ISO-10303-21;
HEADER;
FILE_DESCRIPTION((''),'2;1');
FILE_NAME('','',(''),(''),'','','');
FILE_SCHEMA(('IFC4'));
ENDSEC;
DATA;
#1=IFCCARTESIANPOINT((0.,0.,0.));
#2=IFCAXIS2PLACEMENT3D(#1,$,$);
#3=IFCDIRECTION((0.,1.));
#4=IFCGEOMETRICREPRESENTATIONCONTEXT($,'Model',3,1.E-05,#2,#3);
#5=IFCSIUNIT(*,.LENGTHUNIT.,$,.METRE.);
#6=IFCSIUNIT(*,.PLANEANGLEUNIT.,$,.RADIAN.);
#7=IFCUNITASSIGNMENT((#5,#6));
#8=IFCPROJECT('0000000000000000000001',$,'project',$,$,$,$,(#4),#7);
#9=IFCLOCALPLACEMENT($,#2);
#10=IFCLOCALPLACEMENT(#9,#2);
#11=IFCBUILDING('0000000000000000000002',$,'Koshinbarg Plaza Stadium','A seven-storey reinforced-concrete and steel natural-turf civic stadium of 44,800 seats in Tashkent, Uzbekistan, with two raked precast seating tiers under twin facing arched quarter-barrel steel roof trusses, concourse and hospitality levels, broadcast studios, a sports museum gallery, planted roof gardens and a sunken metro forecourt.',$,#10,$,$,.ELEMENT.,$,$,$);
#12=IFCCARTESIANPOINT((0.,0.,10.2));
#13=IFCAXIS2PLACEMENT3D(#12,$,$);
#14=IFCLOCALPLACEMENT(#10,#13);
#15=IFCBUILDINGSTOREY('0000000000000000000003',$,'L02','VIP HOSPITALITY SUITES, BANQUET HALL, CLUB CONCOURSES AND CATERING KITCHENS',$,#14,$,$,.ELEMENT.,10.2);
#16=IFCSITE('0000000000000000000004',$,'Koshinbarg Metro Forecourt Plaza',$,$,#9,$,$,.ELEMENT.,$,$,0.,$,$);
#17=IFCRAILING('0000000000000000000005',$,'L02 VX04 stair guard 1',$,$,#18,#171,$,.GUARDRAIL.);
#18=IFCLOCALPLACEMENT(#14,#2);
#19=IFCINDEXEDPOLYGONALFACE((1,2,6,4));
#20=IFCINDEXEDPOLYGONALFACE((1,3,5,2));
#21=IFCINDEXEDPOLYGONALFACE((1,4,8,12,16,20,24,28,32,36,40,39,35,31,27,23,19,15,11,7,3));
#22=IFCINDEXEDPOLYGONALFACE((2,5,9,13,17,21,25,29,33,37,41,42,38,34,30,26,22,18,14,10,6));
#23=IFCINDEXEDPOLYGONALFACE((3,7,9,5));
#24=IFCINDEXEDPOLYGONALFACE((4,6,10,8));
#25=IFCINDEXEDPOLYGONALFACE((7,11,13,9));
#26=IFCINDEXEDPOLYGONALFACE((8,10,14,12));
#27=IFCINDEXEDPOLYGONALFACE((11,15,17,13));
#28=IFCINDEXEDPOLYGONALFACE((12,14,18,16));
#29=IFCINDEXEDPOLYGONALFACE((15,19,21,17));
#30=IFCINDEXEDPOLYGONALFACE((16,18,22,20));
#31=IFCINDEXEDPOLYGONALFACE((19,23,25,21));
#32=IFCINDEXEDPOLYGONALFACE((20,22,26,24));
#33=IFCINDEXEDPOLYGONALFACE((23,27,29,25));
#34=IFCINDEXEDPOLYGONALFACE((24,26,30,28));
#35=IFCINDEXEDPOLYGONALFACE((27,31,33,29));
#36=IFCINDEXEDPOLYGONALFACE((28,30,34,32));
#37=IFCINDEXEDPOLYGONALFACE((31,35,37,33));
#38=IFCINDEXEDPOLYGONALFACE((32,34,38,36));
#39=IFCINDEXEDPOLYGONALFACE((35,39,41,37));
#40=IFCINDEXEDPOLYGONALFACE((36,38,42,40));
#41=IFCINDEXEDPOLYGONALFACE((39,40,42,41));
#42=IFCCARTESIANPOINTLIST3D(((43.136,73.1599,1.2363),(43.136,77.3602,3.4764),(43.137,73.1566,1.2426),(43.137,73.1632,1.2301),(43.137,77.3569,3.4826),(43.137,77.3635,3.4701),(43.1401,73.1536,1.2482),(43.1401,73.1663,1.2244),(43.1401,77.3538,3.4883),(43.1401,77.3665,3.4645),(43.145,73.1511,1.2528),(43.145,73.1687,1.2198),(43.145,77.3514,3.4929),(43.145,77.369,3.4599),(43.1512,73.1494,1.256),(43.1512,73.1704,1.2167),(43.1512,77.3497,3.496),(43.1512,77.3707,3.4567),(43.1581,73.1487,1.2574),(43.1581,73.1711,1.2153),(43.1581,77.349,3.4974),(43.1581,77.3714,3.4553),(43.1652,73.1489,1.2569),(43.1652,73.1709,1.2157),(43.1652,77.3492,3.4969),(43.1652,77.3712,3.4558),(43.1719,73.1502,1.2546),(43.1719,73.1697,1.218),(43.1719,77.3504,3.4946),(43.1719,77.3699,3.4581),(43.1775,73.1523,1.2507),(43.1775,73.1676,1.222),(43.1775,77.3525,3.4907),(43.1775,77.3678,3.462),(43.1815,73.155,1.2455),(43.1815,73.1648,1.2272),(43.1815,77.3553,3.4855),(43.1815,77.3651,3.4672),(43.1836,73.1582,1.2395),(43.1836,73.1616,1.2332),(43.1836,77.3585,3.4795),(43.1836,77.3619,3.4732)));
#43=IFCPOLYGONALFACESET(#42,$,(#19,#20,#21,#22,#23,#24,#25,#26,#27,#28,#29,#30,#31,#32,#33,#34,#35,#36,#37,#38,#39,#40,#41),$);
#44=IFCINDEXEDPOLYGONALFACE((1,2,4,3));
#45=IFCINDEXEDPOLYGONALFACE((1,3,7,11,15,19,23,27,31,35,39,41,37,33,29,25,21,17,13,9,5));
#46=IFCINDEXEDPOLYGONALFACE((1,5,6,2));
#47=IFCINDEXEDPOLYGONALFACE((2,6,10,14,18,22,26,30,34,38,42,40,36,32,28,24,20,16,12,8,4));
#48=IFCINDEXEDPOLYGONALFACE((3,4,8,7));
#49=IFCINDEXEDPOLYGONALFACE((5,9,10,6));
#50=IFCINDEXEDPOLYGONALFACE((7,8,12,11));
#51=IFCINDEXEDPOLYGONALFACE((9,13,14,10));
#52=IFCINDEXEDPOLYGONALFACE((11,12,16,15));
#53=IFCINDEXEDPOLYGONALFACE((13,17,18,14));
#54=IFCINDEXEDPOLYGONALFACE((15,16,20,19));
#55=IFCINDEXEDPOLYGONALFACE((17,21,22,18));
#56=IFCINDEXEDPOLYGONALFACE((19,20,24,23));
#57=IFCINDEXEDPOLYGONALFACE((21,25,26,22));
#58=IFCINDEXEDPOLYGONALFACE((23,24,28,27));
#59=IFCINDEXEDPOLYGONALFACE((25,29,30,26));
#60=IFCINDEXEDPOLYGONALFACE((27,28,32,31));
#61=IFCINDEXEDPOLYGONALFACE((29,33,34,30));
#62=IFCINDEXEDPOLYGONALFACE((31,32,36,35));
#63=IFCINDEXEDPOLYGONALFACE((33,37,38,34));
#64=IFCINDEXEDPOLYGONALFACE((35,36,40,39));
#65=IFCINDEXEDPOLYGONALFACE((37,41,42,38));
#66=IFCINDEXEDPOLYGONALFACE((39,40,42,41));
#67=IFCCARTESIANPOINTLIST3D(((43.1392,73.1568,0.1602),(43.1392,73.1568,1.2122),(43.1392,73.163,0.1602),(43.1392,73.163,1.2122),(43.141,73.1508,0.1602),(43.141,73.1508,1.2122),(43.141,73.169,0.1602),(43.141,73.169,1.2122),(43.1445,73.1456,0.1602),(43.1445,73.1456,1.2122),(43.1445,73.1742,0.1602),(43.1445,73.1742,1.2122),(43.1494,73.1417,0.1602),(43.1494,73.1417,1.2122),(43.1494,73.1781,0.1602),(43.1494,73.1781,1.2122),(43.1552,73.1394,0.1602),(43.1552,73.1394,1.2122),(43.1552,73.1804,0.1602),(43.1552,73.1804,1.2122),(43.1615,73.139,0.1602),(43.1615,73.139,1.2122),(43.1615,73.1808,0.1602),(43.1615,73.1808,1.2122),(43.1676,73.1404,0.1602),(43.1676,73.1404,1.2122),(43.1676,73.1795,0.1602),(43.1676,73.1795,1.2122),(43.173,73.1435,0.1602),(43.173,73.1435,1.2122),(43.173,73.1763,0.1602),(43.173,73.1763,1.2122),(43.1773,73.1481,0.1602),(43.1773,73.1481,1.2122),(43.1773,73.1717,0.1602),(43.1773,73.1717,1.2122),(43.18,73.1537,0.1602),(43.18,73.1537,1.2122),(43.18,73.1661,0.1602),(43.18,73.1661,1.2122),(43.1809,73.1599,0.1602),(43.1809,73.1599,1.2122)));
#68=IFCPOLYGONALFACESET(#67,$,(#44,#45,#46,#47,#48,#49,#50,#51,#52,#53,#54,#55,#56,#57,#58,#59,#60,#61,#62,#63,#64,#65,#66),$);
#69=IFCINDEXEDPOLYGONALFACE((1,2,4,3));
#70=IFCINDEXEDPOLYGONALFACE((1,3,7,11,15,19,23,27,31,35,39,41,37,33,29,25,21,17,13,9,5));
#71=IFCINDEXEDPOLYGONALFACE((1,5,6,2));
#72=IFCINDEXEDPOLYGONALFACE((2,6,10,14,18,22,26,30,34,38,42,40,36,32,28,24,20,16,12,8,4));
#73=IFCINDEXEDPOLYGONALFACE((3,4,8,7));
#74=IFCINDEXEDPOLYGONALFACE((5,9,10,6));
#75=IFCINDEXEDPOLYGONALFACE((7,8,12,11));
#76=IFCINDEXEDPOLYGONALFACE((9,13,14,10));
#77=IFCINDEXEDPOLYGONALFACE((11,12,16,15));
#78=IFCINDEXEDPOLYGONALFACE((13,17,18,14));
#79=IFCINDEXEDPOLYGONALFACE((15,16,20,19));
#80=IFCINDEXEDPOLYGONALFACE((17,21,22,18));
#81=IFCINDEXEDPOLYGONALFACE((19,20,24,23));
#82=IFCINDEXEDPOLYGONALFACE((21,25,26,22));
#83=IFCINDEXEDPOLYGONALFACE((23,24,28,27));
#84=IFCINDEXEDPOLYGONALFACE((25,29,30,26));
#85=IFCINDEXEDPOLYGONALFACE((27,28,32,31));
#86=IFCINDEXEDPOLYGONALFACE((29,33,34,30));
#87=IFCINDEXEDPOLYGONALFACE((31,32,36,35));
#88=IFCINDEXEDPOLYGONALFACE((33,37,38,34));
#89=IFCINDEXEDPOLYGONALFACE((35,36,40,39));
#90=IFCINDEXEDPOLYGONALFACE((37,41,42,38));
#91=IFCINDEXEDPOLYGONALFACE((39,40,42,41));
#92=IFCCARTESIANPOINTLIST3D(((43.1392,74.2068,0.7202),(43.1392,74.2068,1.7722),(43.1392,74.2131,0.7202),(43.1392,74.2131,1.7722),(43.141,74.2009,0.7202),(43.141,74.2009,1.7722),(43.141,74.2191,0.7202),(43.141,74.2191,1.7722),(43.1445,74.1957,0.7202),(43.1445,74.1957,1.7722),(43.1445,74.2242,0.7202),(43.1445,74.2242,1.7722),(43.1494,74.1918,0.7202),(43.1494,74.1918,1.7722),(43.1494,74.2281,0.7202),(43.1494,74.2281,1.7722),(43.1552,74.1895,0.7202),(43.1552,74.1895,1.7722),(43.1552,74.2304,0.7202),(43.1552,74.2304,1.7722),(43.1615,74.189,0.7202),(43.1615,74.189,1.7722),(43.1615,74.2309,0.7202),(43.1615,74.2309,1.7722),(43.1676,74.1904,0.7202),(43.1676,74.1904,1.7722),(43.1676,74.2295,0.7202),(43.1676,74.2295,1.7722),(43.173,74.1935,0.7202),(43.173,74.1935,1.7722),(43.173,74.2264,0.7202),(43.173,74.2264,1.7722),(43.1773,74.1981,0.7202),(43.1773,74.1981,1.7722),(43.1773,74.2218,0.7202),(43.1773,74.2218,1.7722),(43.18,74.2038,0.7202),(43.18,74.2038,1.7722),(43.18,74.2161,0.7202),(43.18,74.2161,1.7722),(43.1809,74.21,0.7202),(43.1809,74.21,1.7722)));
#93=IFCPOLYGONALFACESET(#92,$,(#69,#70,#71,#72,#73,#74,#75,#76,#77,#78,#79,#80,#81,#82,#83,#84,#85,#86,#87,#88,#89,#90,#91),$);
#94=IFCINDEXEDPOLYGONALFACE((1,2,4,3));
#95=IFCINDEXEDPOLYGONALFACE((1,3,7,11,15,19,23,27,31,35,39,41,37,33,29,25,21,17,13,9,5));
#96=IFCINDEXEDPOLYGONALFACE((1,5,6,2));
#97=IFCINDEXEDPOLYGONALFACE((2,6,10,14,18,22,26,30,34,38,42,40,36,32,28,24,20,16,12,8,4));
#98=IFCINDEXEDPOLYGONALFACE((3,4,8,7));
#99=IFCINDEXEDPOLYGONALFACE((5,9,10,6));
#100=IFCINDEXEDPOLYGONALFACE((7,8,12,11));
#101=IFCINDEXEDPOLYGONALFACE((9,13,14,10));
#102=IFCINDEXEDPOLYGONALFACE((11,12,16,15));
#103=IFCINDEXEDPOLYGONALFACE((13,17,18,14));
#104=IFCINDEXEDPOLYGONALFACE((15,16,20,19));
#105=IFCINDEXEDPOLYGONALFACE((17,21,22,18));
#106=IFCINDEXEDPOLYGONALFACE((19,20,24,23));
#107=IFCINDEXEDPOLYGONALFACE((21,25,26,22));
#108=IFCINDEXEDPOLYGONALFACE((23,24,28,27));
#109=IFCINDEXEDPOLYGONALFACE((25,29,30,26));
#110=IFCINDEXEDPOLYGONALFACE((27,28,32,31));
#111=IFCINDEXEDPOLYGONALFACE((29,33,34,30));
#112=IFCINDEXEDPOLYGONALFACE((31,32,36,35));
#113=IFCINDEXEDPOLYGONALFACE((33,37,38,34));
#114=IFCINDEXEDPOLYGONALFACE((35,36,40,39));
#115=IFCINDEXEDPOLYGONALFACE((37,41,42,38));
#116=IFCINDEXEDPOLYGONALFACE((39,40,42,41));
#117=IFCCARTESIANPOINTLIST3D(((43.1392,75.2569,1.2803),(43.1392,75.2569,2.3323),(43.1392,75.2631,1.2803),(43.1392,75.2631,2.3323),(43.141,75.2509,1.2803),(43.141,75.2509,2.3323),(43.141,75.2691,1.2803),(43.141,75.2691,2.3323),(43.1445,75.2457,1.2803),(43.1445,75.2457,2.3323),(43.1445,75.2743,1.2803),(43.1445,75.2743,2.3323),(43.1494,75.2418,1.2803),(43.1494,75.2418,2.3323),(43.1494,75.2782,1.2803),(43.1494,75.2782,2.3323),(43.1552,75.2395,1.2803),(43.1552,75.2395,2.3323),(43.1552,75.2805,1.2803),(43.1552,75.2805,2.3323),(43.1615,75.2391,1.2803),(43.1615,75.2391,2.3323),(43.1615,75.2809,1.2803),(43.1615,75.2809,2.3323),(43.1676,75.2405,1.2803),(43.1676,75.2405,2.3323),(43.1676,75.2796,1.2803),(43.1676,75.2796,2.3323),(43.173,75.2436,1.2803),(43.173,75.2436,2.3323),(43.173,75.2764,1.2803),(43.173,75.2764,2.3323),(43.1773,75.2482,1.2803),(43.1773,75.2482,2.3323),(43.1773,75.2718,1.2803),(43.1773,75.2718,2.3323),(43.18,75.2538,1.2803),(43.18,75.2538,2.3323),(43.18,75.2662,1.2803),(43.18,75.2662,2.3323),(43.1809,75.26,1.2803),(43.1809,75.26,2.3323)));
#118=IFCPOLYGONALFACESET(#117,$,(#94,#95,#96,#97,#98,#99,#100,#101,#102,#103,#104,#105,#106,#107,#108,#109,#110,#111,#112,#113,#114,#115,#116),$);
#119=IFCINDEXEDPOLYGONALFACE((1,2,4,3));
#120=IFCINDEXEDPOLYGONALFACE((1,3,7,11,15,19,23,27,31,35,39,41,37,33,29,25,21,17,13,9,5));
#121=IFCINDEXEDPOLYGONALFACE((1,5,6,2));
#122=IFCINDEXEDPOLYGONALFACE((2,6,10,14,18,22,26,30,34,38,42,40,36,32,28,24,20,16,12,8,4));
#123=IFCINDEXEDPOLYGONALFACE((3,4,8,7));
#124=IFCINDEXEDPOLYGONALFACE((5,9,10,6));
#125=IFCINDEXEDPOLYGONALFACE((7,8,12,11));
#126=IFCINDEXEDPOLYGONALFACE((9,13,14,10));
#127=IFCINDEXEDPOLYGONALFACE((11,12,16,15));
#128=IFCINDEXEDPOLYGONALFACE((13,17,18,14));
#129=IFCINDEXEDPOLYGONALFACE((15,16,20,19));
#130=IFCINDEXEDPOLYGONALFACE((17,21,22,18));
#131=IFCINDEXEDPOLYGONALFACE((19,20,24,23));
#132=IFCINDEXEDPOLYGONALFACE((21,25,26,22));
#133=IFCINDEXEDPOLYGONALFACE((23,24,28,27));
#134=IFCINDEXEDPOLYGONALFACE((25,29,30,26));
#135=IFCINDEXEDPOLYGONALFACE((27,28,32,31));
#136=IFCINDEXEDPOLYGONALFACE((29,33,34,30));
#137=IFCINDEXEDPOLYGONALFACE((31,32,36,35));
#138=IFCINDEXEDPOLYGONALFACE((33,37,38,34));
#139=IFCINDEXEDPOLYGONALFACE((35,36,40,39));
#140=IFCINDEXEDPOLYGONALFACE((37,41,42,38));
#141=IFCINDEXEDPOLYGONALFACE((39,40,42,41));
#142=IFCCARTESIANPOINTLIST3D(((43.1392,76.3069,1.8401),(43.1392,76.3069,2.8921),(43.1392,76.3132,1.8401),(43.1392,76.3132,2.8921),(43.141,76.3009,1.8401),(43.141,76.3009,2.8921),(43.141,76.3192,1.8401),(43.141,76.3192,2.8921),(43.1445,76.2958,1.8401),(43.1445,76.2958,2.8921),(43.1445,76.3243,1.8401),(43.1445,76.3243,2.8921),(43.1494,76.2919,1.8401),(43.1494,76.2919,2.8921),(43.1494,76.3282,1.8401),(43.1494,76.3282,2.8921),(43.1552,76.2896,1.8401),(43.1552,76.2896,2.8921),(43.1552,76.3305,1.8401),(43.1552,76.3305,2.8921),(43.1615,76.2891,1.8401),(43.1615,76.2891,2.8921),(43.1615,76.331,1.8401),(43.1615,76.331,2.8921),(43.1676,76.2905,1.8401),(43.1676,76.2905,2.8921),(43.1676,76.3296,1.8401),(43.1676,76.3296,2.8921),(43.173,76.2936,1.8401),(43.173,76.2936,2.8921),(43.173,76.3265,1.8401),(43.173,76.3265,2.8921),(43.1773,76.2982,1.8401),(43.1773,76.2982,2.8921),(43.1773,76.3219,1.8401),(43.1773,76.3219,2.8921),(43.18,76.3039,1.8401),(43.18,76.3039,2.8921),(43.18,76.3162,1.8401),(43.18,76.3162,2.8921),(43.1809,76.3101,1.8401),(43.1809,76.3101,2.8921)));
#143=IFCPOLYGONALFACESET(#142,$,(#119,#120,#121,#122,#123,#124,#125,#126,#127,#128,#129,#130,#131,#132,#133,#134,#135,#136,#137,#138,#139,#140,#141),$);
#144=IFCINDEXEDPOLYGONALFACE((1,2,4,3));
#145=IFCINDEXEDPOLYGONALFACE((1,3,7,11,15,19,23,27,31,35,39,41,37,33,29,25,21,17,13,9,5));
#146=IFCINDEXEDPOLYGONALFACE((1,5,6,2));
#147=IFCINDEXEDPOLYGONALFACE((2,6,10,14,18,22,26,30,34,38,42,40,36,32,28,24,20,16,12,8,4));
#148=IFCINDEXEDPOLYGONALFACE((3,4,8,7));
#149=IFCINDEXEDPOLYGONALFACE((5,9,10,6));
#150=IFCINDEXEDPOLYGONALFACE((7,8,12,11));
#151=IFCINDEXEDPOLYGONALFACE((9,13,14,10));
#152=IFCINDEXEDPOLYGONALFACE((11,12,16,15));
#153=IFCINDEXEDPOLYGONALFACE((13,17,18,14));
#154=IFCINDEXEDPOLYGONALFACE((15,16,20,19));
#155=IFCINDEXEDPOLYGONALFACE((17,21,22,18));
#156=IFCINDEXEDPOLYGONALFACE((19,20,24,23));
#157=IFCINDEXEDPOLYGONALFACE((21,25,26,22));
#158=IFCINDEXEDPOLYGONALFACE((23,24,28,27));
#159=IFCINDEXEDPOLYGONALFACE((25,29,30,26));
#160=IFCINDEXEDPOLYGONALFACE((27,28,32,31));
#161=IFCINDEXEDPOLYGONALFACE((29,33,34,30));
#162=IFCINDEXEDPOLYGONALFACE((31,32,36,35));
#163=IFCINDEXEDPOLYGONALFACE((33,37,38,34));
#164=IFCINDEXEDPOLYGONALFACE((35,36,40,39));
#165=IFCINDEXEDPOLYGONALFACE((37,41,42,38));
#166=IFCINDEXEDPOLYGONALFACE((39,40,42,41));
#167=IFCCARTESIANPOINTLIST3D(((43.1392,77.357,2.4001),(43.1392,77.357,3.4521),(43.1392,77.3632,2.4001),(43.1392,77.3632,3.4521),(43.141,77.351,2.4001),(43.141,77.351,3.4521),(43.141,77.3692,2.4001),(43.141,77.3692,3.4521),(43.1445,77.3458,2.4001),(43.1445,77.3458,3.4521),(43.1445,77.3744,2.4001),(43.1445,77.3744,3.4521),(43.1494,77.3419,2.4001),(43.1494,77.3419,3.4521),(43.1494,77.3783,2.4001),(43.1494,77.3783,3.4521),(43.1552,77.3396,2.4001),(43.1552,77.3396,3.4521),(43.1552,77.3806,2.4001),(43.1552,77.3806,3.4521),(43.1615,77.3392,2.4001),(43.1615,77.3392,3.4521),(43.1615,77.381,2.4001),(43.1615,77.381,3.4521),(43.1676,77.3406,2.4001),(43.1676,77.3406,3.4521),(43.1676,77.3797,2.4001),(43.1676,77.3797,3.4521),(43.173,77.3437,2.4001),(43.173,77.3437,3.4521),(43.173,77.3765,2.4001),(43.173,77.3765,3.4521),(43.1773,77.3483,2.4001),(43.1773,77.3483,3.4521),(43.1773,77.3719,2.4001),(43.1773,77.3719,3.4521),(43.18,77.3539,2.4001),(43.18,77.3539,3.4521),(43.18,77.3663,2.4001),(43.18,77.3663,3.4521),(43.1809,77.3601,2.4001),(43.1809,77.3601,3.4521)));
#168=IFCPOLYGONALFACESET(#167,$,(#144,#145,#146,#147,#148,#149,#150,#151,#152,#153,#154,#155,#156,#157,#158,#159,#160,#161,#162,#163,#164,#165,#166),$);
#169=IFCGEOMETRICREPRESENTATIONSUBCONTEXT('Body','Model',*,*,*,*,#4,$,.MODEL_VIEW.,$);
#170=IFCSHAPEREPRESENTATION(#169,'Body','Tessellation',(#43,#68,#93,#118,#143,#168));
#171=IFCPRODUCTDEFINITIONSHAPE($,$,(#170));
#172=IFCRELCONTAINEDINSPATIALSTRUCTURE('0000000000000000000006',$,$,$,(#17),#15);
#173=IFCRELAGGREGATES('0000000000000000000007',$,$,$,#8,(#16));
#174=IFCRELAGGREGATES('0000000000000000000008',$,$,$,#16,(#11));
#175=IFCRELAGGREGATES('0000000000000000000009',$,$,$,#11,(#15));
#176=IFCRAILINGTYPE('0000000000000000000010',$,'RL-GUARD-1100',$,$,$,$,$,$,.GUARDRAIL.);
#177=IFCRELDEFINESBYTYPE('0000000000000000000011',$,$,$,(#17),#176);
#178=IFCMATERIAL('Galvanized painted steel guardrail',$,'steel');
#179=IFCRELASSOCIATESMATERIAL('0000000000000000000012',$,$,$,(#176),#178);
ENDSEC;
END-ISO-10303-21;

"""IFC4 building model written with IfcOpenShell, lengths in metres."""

from ifc_helpers import new_model, si_unit, direction, frame, origin, origin_2d, place, context, subcontext, project, spatial, circle, extrude, material, type_object, element, save


model = new_model("IFC4")

# Units and contexts
model_context = context("Model", 3, precision=1e-05, world=origin(), true_north=direction((0.0, 1.0)))
body_context = subcontext(model_context, "Body", "Model", "MODEL_VIEW")
ifc_project = project(units=[si_unit("LENGTHUNIT", "METRE"), si_unit("PLANEANGLEUNIT", "RADIAN")], contexts=[model_context])

# Site, building, storey
site_placement = place(None, origin())
site = spatial("IfcSite", under=ifc_project, at=site_placement, Name="Koshinbarg Metro Forecourt Plaza", CompositionType="ELEMENT", RefElevation=0.0)
building_placement = place(site_placement, origin())
building = spatial("IfcBuilding", under=site, at=building_placement, Name="Koshinbarg Plaza Stadium", Description="A seven-storey reinforced-concrete and steel natural-turf civic stadium of 44,800 seats in Tashkent, Uzbekistan, with two raked precast seating tiers under twin facing arched quarter-barrel steel roof trusses, concourse and hospitality levels, broadcast studios, a sports museum gallery, planted roof gardens and a sunken metro forecourt.", CompositionType="ELEMENT")
storey_placement = place(building_placement, frame((0.0, 0.0, 10.2)))
storey = spatial("IfcBuildingStorey", under=building, at=storey_placement, Name="L02", Description="VIP HOSPITALITY SUITES, BANQUET HALL, CLUB CONCOURSES AND CATERING KITCHENS", CompositionType="ELEMENT", Elevation=10.2)

# Railing
ifc_material_1 = material(Name="Galvanized painted steel guardrail", Category="steel")
railing_type_1 = type_object("IfcRailingType", Name="RL-GUARD-1100", PredefinedType="GUARDRAIL", material=ifc_material_1)
railing_1_placement = place(storey_placement, frame((43.1599, 73.1599, 0.1602)))
element("IfcRailing", 1, at=railing_1_placement, inside=storey, type_object=railing_type_1, Name="L02 VX04 stair guard 1", PredefinedType="GUARDRAIL", context=body_context, shape_type="SweptSolid", body=[
    extrude(circle(Radius=0.0239, at=origin_2d()), frame((0.0, 0.0, 1.0762), z_axis=(0.0, 0.882363, 0.47057), x_axis=(-1.0, 0.0, 0.0)), (0.0, 0.0, 1.0), 4.7603),
    extrude(circle(Radius=0.021, at=origin_2d()), origin(), (0.0, 0.0, 1.0), 1.052),
    extrude(circle(Radius=0.021, at=origin_2d()), frame((0.0, 1.05, 0.5601)), (0.0, 0.0, 1.0), 1.052),
    extrude(circle(Radius=0.021, at=origin_2d()), frame((0.0, 2.1001, 1.1201)), (0.0, 0.0, 1.0), 1.052),
    extrude(circle(Radius=0.021, at=origin_2d()), frame((0.0, 3.1501, 1.6799)), (0.0, 0.0, 1.0), 1.052),
    extrude(circle(Radius=0.021, at=origin_2d()), frame((0.0, 4.2002, 2.24)), (0.0, 0.0, 1.0), 1.052),
])

save(model, "model.ifc")
